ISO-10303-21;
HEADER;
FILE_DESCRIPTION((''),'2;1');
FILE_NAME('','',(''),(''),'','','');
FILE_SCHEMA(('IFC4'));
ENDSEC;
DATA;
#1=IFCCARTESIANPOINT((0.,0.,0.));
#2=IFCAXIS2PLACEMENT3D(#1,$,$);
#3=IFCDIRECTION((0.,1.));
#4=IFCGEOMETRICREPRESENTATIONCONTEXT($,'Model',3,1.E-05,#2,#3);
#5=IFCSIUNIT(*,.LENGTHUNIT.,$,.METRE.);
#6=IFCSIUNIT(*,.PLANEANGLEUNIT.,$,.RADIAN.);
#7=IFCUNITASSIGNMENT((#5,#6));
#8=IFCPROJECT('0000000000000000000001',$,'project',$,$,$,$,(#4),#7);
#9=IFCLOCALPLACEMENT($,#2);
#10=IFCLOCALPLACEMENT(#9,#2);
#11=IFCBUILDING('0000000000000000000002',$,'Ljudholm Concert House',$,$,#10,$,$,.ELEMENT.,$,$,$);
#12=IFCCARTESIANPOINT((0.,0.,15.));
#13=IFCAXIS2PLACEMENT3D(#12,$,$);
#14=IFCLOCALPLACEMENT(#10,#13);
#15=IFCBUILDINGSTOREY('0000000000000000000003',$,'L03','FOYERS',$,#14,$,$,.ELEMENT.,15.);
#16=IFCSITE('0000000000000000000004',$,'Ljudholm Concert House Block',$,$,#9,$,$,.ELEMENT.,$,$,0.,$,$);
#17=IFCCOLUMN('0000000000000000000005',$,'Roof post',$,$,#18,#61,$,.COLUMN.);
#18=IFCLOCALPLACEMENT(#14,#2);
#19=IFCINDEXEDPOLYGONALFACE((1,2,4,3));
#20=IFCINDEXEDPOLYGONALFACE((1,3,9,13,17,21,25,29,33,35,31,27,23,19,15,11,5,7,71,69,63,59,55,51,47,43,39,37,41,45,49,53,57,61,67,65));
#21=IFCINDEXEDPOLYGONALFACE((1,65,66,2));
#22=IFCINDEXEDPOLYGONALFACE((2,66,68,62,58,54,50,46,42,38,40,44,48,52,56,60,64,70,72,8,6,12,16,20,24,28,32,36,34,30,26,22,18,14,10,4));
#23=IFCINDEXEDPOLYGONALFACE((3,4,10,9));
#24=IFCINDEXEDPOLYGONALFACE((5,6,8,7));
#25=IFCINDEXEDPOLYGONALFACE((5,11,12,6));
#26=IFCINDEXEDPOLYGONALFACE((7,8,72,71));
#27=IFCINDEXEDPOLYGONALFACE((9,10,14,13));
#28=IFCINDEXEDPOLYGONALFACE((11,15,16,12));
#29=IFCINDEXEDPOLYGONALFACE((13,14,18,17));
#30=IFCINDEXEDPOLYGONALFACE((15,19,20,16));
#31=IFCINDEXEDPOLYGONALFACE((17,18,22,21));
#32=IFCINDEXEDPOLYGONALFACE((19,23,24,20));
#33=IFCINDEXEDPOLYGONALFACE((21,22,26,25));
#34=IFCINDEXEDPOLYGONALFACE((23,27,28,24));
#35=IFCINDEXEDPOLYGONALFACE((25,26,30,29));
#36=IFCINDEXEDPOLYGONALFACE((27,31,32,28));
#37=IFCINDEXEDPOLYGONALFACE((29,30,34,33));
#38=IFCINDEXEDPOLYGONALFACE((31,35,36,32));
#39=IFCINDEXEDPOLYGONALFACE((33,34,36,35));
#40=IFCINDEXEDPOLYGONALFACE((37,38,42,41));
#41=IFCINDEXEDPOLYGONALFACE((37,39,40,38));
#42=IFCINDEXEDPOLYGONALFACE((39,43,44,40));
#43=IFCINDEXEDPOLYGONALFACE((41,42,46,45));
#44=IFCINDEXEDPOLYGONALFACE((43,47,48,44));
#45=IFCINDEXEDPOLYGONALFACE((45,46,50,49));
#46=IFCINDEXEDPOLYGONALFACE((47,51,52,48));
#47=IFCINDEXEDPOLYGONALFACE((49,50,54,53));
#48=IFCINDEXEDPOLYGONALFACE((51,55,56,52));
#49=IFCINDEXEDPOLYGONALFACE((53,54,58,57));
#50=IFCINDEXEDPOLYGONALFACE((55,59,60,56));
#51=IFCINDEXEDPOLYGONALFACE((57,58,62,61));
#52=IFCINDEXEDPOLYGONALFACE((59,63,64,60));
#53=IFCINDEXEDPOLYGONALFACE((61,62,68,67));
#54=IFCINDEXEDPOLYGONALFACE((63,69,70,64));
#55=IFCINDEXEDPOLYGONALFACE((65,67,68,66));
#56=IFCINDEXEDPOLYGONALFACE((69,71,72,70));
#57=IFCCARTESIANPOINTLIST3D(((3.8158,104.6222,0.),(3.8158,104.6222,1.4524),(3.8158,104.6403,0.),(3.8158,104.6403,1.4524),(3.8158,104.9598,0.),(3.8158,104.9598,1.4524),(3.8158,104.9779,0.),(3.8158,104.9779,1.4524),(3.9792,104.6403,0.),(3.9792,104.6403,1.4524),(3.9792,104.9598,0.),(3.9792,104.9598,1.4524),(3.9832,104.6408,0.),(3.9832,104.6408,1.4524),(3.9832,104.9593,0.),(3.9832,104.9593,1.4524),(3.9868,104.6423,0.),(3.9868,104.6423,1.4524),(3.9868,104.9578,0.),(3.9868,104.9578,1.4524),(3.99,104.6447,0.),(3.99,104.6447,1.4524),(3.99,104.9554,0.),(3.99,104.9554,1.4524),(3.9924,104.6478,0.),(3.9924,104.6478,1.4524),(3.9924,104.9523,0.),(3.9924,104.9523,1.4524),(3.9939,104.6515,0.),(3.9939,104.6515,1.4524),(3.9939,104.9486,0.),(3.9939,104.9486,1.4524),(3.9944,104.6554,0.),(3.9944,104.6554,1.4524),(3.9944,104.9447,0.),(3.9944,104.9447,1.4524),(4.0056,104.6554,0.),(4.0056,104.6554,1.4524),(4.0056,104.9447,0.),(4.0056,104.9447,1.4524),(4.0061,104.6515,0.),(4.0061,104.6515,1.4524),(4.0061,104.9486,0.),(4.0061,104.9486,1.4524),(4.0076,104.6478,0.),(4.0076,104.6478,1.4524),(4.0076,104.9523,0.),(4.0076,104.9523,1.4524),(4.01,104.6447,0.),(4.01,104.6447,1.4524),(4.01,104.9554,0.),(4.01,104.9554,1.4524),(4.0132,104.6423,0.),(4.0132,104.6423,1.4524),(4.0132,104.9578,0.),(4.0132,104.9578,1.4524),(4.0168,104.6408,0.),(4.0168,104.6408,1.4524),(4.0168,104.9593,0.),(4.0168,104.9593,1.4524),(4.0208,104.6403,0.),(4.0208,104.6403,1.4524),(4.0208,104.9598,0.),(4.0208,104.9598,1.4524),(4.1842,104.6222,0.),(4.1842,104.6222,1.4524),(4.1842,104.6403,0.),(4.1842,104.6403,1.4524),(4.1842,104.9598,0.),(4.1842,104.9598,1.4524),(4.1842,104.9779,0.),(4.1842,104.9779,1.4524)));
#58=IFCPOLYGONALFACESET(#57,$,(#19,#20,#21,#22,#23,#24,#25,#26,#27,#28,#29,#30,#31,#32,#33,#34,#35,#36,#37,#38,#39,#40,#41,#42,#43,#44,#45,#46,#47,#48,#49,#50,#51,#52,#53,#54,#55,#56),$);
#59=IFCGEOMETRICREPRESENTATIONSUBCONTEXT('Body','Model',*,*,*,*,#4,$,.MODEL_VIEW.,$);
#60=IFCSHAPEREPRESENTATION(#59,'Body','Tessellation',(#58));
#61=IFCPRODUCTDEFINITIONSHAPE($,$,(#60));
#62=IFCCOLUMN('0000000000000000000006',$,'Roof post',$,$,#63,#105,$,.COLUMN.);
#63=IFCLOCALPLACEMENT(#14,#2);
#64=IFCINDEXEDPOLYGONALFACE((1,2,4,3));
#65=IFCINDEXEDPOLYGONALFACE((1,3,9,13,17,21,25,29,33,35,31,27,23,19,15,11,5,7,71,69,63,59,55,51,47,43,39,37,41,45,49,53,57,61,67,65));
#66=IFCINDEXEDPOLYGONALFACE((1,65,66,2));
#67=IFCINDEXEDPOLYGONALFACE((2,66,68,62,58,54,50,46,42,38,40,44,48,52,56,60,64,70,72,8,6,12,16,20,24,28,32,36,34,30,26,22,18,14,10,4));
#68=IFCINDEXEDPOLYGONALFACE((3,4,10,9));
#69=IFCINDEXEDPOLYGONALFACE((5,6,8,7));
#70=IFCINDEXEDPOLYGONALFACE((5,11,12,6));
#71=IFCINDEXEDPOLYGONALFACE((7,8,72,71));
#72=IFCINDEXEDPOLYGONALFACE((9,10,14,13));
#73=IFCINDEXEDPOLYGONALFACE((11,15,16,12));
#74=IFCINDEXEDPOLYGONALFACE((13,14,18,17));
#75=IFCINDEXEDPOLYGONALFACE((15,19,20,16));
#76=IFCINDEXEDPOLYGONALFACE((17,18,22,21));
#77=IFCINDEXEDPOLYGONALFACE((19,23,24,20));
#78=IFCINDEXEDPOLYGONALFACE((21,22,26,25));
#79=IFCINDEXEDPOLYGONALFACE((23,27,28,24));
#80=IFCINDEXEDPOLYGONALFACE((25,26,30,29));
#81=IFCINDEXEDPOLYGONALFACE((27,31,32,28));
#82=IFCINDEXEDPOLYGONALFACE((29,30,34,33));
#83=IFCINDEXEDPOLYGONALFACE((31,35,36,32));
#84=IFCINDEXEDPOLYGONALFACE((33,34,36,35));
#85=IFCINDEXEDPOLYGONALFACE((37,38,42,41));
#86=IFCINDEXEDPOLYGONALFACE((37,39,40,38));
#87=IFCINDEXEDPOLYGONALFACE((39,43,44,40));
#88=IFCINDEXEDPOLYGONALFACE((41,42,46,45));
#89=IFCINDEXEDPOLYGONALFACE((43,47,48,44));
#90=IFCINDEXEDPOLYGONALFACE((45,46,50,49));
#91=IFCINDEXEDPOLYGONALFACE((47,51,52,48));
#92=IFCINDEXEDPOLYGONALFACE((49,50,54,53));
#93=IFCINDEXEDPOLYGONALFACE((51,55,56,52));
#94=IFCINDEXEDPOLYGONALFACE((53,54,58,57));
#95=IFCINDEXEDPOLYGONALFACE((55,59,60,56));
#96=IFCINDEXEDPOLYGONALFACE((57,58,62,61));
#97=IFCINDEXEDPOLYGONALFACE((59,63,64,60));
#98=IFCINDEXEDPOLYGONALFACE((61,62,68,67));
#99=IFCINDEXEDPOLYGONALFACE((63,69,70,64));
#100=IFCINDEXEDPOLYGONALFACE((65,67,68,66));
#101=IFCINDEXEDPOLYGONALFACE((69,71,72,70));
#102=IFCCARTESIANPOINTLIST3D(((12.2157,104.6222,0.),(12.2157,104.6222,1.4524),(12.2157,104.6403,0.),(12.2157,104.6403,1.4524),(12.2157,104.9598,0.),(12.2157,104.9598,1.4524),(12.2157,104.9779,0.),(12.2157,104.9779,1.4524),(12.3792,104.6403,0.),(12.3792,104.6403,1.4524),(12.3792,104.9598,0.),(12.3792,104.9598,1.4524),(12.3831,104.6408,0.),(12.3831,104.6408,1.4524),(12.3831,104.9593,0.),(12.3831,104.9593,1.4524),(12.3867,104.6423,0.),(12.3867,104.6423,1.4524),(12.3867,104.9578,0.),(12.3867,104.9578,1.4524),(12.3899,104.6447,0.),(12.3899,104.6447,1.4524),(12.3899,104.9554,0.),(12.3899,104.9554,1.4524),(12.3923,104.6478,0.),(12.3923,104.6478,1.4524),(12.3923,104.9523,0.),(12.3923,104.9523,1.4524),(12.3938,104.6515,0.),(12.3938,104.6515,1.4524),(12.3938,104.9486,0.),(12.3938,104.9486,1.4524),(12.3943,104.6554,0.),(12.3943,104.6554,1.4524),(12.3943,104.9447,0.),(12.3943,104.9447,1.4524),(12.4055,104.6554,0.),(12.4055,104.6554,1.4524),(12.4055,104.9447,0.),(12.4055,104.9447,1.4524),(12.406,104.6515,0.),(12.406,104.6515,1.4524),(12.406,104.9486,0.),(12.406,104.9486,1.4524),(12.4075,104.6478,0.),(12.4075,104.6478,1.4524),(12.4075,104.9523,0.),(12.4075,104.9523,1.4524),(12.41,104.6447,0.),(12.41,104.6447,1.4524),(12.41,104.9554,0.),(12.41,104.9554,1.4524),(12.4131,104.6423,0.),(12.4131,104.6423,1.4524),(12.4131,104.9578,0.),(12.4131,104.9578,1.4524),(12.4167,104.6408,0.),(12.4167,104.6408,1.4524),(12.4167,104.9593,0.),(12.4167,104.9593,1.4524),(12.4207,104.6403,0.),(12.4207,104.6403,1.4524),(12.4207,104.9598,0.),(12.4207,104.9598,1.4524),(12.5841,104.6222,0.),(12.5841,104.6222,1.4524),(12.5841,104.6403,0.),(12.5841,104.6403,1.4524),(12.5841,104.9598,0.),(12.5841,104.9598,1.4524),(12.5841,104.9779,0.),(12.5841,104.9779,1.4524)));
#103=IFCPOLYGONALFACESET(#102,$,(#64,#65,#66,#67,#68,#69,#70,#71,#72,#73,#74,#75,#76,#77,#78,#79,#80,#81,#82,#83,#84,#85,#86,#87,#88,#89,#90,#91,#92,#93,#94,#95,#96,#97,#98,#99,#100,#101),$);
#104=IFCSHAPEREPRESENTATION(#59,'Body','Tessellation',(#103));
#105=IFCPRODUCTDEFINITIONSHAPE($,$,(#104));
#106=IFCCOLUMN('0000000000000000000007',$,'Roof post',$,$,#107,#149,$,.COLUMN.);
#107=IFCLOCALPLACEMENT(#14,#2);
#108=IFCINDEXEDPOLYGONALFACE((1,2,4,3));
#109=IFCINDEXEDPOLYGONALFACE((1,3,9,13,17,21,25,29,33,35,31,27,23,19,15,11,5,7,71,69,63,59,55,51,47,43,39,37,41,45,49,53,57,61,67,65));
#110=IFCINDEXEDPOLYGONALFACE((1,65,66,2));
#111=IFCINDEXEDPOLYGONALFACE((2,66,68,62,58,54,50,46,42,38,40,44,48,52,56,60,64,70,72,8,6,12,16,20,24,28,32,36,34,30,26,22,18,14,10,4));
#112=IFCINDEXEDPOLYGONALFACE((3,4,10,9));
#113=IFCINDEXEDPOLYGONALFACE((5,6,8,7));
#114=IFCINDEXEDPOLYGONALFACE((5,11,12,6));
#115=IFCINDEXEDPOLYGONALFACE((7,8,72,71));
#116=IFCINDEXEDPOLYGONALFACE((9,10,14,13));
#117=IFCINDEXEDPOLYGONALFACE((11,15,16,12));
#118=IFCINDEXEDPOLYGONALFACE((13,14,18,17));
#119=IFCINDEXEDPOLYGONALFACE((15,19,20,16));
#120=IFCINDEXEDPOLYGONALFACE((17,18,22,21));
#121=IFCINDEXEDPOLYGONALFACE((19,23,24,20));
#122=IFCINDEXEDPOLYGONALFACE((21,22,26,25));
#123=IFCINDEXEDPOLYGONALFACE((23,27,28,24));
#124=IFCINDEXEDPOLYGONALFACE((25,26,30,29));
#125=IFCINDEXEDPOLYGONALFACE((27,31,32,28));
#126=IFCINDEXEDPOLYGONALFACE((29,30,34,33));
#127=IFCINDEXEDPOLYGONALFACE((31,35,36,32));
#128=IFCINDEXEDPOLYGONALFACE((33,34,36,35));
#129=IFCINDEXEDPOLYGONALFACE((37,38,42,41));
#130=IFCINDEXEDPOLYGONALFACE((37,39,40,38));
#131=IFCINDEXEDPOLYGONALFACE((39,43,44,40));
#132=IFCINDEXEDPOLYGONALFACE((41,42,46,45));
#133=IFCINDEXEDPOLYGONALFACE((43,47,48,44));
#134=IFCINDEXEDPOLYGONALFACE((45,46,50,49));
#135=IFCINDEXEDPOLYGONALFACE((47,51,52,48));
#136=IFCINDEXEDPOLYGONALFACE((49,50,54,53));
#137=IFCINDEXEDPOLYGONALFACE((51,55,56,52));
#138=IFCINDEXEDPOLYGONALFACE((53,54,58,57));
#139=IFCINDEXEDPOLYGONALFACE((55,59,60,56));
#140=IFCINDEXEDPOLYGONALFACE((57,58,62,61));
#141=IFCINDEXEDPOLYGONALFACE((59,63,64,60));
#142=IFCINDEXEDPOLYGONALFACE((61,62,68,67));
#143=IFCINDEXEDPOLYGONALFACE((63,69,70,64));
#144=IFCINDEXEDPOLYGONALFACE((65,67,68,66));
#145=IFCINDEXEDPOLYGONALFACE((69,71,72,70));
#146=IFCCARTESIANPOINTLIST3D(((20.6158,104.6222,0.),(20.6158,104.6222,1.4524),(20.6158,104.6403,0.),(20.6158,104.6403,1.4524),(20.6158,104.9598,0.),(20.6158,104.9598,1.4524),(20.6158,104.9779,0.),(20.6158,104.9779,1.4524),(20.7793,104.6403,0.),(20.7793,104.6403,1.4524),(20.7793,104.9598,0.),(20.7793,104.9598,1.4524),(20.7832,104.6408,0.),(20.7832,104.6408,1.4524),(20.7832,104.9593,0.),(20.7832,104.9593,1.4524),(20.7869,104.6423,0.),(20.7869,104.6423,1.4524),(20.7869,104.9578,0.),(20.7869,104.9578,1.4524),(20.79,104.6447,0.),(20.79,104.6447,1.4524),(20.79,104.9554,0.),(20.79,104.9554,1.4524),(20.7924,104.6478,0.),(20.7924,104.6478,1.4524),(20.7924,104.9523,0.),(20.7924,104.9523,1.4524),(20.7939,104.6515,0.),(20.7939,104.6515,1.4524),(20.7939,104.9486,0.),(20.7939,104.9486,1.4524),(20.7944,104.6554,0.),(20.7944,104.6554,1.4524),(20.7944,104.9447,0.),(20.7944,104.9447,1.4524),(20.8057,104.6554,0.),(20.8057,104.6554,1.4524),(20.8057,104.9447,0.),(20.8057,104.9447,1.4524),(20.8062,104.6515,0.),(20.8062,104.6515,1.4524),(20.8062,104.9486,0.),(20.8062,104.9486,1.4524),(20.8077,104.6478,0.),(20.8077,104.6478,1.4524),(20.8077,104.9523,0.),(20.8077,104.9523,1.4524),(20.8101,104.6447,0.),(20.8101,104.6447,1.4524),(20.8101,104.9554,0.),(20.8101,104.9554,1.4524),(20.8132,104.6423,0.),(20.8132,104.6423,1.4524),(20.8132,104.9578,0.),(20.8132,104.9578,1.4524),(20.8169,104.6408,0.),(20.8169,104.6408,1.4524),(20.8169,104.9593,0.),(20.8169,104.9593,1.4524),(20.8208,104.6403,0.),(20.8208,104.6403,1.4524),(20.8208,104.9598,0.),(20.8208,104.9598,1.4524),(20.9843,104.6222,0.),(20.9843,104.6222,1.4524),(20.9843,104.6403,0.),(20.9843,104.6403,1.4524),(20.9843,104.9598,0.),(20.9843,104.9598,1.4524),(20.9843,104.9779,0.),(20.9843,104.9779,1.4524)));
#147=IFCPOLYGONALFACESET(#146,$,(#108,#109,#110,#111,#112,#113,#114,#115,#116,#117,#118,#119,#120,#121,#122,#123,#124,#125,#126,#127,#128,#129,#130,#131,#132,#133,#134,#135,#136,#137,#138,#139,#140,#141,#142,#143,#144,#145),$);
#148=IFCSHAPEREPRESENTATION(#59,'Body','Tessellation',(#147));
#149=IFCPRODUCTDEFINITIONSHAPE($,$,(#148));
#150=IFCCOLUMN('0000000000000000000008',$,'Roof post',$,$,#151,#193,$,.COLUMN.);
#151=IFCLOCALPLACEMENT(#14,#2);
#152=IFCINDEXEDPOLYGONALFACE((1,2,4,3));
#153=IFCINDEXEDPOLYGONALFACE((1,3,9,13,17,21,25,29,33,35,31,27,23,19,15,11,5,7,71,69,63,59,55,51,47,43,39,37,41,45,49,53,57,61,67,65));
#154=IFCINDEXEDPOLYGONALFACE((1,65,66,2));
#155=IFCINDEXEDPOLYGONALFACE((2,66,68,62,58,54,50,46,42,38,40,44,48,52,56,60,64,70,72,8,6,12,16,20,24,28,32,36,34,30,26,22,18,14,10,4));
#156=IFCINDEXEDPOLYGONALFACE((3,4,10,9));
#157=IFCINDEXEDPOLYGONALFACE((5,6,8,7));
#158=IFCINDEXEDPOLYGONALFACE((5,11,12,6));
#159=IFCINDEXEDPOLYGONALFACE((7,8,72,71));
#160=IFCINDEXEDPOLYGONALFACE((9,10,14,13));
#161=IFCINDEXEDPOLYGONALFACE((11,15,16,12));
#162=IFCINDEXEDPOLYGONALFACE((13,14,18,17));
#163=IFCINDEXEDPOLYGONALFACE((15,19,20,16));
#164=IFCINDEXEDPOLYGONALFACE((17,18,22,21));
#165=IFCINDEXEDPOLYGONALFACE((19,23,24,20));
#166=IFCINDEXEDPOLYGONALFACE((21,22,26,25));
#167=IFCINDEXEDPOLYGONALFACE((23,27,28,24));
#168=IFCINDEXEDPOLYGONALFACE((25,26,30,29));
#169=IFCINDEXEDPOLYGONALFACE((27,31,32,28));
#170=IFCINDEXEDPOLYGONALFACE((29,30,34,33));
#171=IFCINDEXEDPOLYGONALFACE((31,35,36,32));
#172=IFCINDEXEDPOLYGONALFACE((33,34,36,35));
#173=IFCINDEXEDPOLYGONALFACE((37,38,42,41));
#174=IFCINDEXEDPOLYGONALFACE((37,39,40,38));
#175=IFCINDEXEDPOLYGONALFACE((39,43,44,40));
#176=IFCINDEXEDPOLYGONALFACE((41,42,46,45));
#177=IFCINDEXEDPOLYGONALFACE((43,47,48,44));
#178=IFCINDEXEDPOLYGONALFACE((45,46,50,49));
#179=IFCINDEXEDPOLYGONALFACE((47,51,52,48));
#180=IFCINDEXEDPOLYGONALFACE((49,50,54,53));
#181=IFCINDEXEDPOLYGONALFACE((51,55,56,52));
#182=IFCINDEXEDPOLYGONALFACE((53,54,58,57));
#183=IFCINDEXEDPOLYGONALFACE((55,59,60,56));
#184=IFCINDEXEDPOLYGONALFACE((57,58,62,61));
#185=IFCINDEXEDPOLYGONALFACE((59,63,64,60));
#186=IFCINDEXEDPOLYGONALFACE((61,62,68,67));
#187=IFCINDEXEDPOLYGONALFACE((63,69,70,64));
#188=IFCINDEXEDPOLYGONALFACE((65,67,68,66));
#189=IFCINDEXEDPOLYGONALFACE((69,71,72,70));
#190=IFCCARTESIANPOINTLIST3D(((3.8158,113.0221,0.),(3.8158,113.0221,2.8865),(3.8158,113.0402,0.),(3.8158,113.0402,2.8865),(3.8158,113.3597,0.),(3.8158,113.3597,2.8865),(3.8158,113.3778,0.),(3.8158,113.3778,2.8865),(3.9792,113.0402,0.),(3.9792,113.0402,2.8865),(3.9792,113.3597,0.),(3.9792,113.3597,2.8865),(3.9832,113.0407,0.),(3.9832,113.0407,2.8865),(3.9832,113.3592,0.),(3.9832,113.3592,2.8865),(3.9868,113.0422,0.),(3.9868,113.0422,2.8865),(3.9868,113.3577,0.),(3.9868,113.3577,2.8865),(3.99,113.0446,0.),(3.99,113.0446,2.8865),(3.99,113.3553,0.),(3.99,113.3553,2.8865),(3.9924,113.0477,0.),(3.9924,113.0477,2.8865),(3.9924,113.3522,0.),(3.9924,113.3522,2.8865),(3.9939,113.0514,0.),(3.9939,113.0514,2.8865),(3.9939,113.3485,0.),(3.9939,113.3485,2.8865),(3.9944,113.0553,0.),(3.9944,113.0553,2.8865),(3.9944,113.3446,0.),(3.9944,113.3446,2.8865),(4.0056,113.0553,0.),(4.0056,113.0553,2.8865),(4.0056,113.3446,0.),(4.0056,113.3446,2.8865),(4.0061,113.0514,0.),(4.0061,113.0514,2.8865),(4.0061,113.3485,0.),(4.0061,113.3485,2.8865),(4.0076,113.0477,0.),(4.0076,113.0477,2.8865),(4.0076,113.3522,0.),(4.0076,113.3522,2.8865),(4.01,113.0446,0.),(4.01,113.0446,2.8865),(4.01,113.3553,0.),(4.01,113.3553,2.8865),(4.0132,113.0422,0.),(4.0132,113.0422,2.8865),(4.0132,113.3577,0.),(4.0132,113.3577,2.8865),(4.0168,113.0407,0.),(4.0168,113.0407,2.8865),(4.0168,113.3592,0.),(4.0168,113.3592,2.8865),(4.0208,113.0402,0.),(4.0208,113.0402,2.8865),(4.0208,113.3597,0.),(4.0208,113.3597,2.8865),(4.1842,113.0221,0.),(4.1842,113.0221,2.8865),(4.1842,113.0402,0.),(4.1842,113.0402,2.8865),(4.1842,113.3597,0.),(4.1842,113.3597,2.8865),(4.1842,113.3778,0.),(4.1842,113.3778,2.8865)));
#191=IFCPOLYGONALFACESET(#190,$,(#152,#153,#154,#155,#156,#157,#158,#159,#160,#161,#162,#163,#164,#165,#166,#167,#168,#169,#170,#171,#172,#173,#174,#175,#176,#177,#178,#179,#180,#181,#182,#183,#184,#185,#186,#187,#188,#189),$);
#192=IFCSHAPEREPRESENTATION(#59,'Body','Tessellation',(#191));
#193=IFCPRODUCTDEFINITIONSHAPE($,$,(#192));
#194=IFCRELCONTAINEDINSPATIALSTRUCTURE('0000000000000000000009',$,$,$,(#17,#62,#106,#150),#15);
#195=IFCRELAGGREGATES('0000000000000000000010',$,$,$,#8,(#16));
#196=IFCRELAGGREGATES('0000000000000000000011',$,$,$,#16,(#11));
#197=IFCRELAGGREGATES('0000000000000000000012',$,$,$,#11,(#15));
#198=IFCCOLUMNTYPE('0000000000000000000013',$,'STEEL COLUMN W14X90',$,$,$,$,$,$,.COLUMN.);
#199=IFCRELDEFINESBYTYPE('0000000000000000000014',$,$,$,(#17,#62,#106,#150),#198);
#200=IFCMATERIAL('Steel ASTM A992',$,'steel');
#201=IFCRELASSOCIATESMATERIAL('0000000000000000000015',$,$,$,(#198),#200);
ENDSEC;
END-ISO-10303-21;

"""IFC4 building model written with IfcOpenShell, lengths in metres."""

from ifc_helpers import new_model, si_unit, direction, frame, origin, origin_2d, place, context, subcontext, project, spatial, i_section, extrude, material, material_profile, profile_set, type_object, element, save


model = new_model("IFC4")

# Units and contexts
model_context = context("Model", 3, precision=1e-05, world=origin(), true_north=direction((0.0, 1.0)))
body_context = subcontext(model_context, "Body", "Model", "MODEL_VIEW")
ifc_project = project(units=[si_unit("LENGTHUNIT", "METRE"), si_unit("PLANEANGLEUNIT", "RADIAN")], contexts=[model_context])

# Site, building, storey
site_placement = place(None, origin())
site = spatial("IfcSite", under=ifc_project, at=site_placement, Name="Ljudholm Concert House Block", CompositionType="ELEMENT", RefElevation=0.0)
building_placement = place(site_placement, origin())
building = spatial("IfcBuilding", under=site, at=building_placement, Name="Ljudholm Concert House", CompositionType="ELEMENT")
storey_placement = place(building_placement, frame((0.0, 0.0, 15.0)))
storey = spatial("IfcBuildingStorey", under=building, at=storey_placement, Name="L03", Description="FOYERS", CompositionType="ELEMENT", Elevation=15.0)

# Columns
ifc_material_1 = material(Name="Steel ASTM A992", Category="steel")
ifc_material_profile_1 = material_profile(ifc_material_1, i_section(OverallWidth=0.3684, OverallDepth=0.3557, WebThickness=0.0112, FlangeThickness=0.0181, FilletRadius=0.0151, at=origin_2d()), Name="W14X90")
ifc_profile_set_1 = profile_set([ifc_material_profile_1], Name="Steel ASTM A992")
column_type = type_object("IfcColumnType", Name="STEEL COLUMN W14X90", PredefinedType="COLUMN", material=ifc_profile_set_1)
for number, where, z_axis, x_axis, name in (
    (1, (4.0, 104.8, 0.0), (0.0, 0.0, 1.0), (1.0, 0.0, 0.0), "Roof post"),
    (2, (12.3999, 104.8, 0.0), (0.0, 0.0, 1.0), (1.0, 0.0, 0.0), "Roof post"),
    (3, (20.8, 104.8, 0.0), (0.0, 0.0, 1.0), (1.0, 0.0, 0.0), "Roof post"),
):
    element("IfcColumn", number, at=place(storey_placement, frame(where, z_axis=z_axis, x_axis=x_axis)), inside=storey, type_object=column_type, Name=name, PredefinedType="COLUMN", context=body_context, shape_type="SweptSolid", body=[
        extrude(i_section(OverallWidth=0.3684, OverallDepth=0.3557, WebThickness=0.0112, FlangeThickness=0.0181, FilletRadius=0.0151, at=origin_2d()), origin(), (0.0, 0.0, 1.0), 1.4524),
    ])
for number, where, z_axis, x_axis, name in (
    (4, (4.0, 113.2, 0.0), (0.0, 0.0, 1.0), (1.0, 0.0, 0.0), "Roof post"),
):
    element("IfcColumn", number, at=place(storey_placement, frame(where, z_axis=z_axis, x_axis=x_axis)), inside=storey, type_object=column_type, Name=name, PredefinedType="COLUMN", context=body_context, shape_type="SweptSolid", body=[
        extrude(i_section(OverallWidth=0.3684, OverallDepth=0.3557, WebThickness=0.0112, FlangeThickness=0.0181, FilletRadius=0.0151, at=origin_2d()), origin(), (0.0, 0.0, 1.0), 2.8865),
    ])

save(model, "model.ifc")
